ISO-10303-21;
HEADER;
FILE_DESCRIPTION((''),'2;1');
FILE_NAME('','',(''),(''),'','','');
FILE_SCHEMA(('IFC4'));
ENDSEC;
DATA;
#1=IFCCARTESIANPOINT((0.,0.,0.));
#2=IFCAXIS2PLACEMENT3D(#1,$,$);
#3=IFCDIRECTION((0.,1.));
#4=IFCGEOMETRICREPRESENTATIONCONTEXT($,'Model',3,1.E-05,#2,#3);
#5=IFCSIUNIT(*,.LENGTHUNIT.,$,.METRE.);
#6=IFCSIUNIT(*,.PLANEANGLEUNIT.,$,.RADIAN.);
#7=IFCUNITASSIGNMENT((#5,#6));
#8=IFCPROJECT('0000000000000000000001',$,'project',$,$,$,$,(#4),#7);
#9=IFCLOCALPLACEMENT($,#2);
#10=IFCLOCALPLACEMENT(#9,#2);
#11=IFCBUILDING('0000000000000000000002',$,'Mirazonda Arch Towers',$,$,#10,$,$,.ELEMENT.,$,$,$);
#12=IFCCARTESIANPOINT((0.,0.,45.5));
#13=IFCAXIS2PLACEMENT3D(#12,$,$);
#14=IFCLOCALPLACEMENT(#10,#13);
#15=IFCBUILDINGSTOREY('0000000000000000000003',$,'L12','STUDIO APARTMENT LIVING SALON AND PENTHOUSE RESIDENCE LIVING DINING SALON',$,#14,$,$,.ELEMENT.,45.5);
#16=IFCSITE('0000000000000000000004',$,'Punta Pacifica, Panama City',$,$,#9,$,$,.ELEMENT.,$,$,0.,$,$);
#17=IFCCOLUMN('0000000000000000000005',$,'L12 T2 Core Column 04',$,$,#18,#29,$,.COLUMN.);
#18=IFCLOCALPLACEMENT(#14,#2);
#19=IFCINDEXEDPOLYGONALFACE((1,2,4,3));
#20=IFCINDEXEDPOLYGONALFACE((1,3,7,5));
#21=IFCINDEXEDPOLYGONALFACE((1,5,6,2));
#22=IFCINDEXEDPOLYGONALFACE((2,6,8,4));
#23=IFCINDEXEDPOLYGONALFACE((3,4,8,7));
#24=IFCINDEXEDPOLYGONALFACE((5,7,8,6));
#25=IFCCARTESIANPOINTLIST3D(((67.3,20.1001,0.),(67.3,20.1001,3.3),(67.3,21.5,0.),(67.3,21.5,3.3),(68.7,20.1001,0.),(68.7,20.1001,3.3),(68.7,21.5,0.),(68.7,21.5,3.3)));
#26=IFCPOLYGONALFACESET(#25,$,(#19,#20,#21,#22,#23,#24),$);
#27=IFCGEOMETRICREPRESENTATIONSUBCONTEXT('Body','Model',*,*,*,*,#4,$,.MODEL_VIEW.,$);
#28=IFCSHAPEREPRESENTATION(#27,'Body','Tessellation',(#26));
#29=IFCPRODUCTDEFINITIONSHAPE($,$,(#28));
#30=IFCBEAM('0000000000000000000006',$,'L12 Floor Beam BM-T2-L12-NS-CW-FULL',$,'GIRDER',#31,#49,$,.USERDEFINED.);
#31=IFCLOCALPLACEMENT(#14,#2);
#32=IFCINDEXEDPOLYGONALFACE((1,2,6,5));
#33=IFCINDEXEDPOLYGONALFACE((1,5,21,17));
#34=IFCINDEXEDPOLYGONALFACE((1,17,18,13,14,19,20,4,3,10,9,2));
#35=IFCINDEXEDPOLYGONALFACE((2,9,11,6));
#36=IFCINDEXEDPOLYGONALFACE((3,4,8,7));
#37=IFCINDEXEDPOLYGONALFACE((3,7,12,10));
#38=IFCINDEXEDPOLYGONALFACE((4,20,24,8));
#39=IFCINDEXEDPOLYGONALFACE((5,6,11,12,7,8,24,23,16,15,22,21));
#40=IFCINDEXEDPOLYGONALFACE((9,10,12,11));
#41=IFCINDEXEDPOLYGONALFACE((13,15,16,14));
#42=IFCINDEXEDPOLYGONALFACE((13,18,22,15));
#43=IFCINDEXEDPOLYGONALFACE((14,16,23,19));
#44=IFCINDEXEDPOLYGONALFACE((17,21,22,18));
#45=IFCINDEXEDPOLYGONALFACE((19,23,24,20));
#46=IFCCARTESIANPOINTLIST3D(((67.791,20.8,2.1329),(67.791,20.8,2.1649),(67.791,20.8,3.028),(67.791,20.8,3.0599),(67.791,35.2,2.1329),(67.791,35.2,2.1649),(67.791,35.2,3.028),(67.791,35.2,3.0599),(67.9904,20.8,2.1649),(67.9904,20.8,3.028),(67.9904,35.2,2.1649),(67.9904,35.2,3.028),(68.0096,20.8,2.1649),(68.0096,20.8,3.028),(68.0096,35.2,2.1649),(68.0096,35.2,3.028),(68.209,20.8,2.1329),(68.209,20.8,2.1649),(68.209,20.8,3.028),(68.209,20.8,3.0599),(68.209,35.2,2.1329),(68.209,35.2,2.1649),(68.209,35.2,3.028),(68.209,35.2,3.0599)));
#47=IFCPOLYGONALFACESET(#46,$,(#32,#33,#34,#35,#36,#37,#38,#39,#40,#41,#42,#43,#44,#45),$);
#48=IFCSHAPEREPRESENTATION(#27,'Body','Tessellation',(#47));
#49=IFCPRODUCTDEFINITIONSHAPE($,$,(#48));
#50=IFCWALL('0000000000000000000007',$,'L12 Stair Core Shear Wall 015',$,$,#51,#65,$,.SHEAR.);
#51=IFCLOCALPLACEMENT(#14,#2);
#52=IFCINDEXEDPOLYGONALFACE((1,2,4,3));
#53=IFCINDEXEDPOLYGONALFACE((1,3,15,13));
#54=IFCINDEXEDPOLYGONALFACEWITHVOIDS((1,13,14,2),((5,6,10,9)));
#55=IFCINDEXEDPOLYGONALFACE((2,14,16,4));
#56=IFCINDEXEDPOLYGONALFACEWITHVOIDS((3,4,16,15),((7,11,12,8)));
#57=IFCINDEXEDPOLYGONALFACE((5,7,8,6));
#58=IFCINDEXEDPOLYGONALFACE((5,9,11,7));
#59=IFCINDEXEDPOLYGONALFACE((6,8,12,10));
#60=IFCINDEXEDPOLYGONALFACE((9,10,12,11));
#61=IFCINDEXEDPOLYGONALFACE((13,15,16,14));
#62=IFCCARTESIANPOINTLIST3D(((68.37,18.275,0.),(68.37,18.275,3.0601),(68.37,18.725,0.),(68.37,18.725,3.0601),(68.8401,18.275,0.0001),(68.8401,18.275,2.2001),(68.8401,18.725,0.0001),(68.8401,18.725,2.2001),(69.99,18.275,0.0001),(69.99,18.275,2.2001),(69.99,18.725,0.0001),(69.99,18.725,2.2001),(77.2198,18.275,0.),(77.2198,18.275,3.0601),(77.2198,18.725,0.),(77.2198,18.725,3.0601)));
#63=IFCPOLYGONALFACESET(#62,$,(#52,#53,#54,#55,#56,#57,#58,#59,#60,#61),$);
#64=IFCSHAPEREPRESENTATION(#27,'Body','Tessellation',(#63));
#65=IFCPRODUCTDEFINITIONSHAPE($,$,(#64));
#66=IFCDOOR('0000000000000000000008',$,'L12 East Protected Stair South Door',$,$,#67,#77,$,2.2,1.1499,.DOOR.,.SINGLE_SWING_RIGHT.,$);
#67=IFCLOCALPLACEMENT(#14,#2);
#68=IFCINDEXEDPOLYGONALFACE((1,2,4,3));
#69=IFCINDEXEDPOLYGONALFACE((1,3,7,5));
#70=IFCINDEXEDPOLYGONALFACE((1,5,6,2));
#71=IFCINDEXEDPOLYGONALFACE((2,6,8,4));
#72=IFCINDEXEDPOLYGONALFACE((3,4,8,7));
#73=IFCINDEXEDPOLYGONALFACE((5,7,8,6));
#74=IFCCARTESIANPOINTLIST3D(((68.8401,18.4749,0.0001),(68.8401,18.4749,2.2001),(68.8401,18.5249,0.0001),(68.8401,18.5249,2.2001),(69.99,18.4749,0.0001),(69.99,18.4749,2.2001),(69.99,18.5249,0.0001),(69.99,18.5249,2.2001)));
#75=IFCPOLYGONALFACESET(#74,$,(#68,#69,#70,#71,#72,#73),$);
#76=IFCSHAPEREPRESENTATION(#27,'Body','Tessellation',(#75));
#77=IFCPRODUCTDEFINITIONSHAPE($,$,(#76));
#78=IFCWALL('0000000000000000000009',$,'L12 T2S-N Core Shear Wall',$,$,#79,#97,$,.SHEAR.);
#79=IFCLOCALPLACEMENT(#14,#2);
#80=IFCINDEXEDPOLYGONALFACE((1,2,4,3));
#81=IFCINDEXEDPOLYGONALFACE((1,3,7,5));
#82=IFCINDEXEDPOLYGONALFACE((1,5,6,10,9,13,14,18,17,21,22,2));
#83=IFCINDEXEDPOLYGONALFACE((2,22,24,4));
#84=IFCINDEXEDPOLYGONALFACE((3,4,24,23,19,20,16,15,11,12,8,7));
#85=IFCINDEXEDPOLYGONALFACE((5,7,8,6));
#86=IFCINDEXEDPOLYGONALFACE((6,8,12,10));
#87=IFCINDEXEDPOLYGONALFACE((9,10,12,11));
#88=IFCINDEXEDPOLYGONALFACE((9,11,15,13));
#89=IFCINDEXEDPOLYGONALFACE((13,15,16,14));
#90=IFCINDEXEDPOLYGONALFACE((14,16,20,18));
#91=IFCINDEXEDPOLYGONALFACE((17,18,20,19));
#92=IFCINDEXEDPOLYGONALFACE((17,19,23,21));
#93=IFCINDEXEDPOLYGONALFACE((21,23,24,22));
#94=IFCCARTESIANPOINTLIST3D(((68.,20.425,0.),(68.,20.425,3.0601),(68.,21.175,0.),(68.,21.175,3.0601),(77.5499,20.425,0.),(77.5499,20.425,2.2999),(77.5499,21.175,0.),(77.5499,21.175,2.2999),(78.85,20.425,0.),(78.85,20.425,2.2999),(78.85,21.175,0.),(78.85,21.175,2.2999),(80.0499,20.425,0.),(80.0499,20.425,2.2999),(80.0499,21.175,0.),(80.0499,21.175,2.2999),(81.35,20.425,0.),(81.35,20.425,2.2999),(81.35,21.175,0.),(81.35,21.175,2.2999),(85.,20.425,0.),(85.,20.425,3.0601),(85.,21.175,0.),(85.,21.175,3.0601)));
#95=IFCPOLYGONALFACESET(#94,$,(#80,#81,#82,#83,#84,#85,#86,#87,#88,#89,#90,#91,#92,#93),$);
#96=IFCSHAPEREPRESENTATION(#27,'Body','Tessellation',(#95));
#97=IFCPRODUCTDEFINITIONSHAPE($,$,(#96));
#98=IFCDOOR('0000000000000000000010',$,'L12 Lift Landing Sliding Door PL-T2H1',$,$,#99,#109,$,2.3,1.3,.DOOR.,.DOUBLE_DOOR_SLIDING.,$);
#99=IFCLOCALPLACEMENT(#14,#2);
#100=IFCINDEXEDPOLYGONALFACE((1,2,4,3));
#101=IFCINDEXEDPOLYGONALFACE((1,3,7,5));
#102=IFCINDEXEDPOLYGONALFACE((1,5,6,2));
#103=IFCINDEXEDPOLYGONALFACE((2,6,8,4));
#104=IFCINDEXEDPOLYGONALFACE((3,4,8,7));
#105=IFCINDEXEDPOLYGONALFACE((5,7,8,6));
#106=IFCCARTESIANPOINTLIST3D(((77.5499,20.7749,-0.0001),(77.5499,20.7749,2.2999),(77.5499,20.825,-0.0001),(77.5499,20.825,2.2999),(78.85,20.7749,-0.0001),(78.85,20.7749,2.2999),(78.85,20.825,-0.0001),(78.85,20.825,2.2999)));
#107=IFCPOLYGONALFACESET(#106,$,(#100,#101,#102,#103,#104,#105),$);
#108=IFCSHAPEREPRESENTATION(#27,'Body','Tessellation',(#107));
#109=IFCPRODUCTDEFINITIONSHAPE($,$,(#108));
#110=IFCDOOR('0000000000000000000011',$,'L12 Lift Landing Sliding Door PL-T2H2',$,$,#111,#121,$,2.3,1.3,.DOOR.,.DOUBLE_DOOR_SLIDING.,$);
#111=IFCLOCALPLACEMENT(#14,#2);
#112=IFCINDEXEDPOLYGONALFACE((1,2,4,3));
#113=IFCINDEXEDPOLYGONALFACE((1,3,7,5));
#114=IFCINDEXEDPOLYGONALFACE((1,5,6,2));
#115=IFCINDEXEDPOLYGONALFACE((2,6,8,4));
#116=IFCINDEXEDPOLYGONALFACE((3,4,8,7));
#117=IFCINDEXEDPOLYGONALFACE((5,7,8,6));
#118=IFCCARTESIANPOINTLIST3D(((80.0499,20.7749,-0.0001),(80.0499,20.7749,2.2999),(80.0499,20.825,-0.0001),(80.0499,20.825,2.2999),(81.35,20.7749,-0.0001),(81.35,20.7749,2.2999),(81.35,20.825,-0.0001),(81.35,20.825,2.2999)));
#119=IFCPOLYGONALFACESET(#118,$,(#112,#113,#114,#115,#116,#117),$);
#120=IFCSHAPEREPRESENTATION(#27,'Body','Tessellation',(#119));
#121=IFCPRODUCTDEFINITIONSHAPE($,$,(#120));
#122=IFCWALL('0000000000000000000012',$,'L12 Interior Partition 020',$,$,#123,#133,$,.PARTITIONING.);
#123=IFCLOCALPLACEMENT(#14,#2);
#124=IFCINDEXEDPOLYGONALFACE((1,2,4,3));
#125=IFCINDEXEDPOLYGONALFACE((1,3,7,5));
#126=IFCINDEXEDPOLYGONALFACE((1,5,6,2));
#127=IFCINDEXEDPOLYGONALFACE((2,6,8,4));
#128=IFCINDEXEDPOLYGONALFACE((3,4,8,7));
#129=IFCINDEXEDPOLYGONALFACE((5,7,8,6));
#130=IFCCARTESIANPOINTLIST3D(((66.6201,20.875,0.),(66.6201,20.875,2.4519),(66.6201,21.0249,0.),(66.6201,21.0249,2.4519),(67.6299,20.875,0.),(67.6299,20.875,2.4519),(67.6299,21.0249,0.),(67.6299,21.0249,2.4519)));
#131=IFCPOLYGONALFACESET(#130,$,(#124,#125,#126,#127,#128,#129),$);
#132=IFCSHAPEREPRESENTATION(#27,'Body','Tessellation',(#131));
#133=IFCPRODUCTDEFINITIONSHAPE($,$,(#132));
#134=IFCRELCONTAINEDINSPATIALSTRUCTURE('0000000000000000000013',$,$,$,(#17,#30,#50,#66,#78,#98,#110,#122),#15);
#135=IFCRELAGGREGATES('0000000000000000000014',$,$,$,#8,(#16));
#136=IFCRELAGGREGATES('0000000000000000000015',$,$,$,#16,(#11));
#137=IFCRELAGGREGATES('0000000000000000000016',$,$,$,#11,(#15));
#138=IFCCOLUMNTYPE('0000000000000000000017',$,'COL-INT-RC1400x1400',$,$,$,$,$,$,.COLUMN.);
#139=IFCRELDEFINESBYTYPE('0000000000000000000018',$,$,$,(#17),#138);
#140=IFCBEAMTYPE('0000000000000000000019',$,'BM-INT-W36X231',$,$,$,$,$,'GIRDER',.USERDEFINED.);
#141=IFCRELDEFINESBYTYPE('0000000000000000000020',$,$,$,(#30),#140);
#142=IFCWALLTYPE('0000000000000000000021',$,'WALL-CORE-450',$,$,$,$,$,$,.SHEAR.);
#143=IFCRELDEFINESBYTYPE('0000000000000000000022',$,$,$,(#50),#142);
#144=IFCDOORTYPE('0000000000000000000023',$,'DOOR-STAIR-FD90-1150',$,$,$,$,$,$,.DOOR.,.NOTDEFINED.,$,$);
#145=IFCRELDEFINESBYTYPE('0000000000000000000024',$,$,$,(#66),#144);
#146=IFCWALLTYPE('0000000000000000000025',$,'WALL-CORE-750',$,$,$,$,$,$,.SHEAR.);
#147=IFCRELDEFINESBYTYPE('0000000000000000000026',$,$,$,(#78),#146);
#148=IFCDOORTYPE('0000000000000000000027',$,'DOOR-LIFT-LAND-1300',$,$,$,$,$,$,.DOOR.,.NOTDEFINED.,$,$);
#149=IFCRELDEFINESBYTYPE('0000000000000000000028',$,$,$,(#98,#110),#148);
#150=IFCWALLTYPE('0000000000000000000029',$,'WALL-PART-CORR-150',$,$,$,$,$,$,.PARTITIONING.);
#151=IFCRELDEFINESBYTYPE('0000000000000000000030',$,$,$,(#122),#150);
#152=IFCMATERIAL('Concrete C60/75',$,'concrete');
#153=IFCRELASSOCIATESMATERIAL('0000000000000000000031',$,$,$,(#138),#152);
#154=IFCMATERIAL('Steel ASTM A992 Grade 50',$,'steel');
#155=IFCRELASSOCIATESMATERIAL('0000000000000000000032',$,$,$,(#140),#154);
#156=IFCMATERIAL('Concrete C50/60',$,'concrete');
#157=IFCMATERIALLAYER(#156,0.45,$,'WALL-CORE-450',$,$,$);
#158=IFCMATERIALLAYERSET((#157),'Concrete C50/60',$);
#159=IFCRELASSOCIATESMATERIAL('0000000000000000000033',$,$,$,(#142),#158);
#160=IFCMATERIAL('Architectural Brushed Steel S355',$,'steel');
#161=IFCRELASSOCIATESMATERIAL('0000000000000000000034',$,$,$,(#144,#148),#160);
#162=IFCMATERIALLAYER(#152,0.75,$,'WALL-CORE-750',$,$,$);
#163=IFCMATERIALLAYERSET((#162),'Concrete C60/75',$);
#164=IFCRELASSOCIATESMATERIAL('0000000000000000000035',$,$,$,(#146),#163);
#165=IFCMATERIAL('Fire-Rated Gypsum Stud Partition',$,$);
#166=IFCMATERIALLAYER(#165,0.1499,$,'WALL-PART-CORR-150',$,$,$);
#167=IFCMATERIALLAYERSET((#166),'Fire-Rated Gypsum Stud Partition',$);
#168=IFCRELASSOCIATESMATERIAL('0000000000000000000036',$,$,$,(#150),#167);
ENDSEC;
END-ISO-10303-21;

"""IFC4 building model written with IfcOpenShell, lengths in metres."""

from ifc_helpers import new_model, si_unit, direction, frame, frame_2d, origin, origin_2d, place, context, subcontext, project, spatial, rectangle, i_section, extrude, material, layer, layer_set, material_profile, profile_set, type_object, element, fill, save


model = new_model("IFC4")

# Units and contexts
model_context = context("Model", 3, precision=1e-05, world=origin(), true_north=direction((0.0, 1.0)))
body_context = subcontext(model_context, "Body", "Model", "MODEL_VIEW")
ifc_project = project(units=[si_unit("LENGTHUNIT", "METRE"), si_unit("PLANEANGLEUNIT", "RADIAN")], contexts=[model_context])

# Site, building, storey
site_placement = place(None, origin())
site = spatial("IfcSite", under=ifc_project, at=site_placement, Name="Punta Pacifica, Panama City", CompositionType="ELEMENT", RefElevation=0.0)
building_placement = place(site_placement, origin())
building = spatial("IfcBuilding", under=site, at=building_placement, Name="Mirazonda Arch Towers", CompositionType="ELEMENT")
storey_placement = place(building_placement, frame((0.0, 0.0, 45.5)))
storey = spatial("IfcBuildingStorey", under=building, at=storey_placement, Name="L12", Description="STUDIO APARTMENT LIVING SALON AND PENTHOUSE RESIDENCE LIVING DINING SALON", CompositionType="ELEMENT", Elevation=45.5)

# Column
ifc_material_1 = material(Name="Concrete C60/75", Category="concrete")
ifc_material_profile_1 = material_profile(ifc_material_1, rectangle(XDim=1.3999, YDim=1.3999, at=origin_2d()), Name="RC1400x1400")
ifc_profile_set_1 = profile_set([ifc_material_profile_1], Name="Concrete C60/75")
column_type = type_object("IfcColumnType", Name="COL-INT-RC1400x1400", PredefinedType="COLUMN", material=ifc_profile_set_1)
column_placement = place(storey_placement, frame((68.0, 20.8, 0.0), z_axis=(0.0, 0.0, 1.0), x_axis=(1.0, 0.0, 0.0)))
element("IfcColumn", 1, at=column_placement, inside=storey, type_object=column_type, Name="L12 T2 Core Column 04", PredefinedType="COLUMN", context=body_context, shape_type="SweptSolid", body=[
    extrude(rectangle(XDim=1.3999, YDim=1.3999, at=origin_2d()), origin(), (0.0, 0.0, 1.0), 3.3),
])

# Beam
ifc_material_2 = material(Name="Steel ASTM A992 Grade 50", Category="steel")
ifc_material_profile_2 = material_profile(ifc_material_2, i_section(OverallWidth=0.418, OverallDepth=0.927, WebThickness=0.0193, FlangeThickness=0.032, at=origin_2d()), Name="W36X231")
ifc_profile_set_2 = profile_set([ifc_material_profile_2], Name="Steel ASTM A992 Grade 50")
beam_type = type_object("IfcBeamType", Name="BM-INT-W36X231", ElementType="GIRDER", PredefinedType="USERDEFINED", material=ifc_profile_set_2)
beam_placement = place(storey_placement, frame((68.0, 20.8, 2.5964), z_axis=(0.0, 1.0, 0.0), x_axis=(-1.0, 0.0, 0.0)))
element("IfcBeam", 2, at=beam_placement, inside=storey, type_object=beam_type, Name="L12 Floor Beam BM-T2-L12-NS-CW-FULL", ObjectType="GIRDER", PredefinedType="USERDEFINED", context=body_context, shape_type="SweptSolid", body=[
    extrude(i_section(OverallWidth=0.418, OverallDepth=0.927, WebThickness=0.0193, FlangeThickness=0.032, at=origin_2d()), origin(), (0.0, 0.0, 1.0), 14.3999),
])

# Wall, opening, door
ifc_material_3 = material(Name="Concrete C50/60", Category="concrete")
ifc_layer_1 = layer(ifc_material_3, 0.45, Name="WALL-CORE-450")
ifc_layer_set_1 = layer_set([ifc_layer_1], Name="Concrete C50/60")
wall_type_1 = type_object("IfcWallType", Name="WALL-CORE-450", PredefinedType="SHEAR", material=ifc_layer_set_1)
wall_1_placement = place(storey_placement, frame((68.3701, 18.5, 0.0), z_axis=(0.0, 0.0, 1.0), x_axis=(1.0, 0.0, 0.0)))
wall_1 = element("IfcWall", 3, at=wall_1_placement, inside=storey, type_object=wall_type_1, Name="L12 Stair Core Shear Wall 015", PredefinedType="SHEAR", context=body_context, shape_type="SweptSolid", body=[
    extrude(rectangle(XDim=8.8499, YDim=0.45, at=frame_2d((4.4248, 0.0))), origin(), (0.0, 0.0, 1.0), 3.0601),
])
opening_1_placement = place(wall_1_placement, frame((0.47, 0.0, 0.0)))
opening_1 = element("IfcOpeningElement", 4, at=opening_1_placement, cuts=wall_1, PredefinedType="OPENING", context=body_context, shape_type="SweptSolid", body=[
    extrude(rectangle(XDim=1.1499, YDim=2.2, at=frame_2d((0.575, 1.1001))), frame((0.0, 0.2349, 0.0), z_axis=(0.0, -1.0, 0.0), x_axis=(1.0, 0.0, 0.0)), (0.0, 0.0, 1.0), 0.47),
])
ifc_material_4 = material(Name="Architectural Brushed Steel S355", Category="steel")
door_type_1 = type_object("IfcDoorType", Name="DOOR-STAIR-FD90-1150", OperationType="NOTDEFINED", PredefinedType="DOOR", material=ifc_material_4)
door_1_placement = place(opening_1_placement, origin())
door_1 = element("IfcDoor", 5, at=door_1_placement, inside=storey, type_object=door_type_1, Name="L12 East Protected Stair South Door", OperationType="SINGLE_SWING_RIGHT", OverallHeight=2.2, OverallWidth=1.1499, PredefinedType="DOOR", context=body_context, shape_type="SweptSolid", body=[
    extrude(rectangle(XDim=1.1499, YDim=2.2, at=frame_2d((0.575, 1.1001))), frame((0.0, 0.0249, 0.0), z_axis=(0.0, -1.0, 0.0), x_axis=(1.0, 0.0, 0.0)), (0.0, 0.0, 1.0), 0.05),
])
fill(opening_1, door_1)

# Wall, openings, doors
ifc_layer_2 = layer(ifc_material_1, 0.75, Name="WALL-CORE-750")
ifc_layer_set_2 = layer_set([ifc_layer_2], Name="Concrete C60/75")
wall_type_2 = type_object("IfcWallType", Name="WALL-CORE-750", PredefinedType="SHEAR", material=ifc_layer_set_2)
wall_2_placement = place(storey_placement, frame((68.0, 20.8, 0.0), z_axis=(0.0, 0.0, 1.0), x_axis=(1.0, 0.0, 0.0)))
wall_2 = element("IfcWall", 6, at=wall_2_placement, inside=storey, type_object=wall_type_2, Name="L12 T2S-N Core Shear Wall", PredefinedType="SHEAR", context=body_context, shape_type="SweptSolid", body=[
    extrude(rectangle(XDim=17.0, YDim=0.75, at=frame_2d((8.5, 0.0))), origin(), (0.0, 0.0, 1.0), 3.0601),
])
opening_2_placement = place(wall_2_placement, frame((9.55, 0.0, 0.0)))
opening_2 = element("IfcOpeningElement", 7, at=opening_2_placement, cuts=wall_2, PredefinedType="OPENING", context=body_context, shape_type="SweptSolid", body=[
    extrude(rectangle(XDim=1.3, YDim=2.3, at=frame_2d((0.6499, 1.1499))), frame((0.0, 0.385, 0.0), z_axis=(0.0, -1.0, 0.0), x_axis=(1.0, 0.0, 0.0)), (0.0, 0.0, 1.0), 0.77),
])
opening_3_placement = place(wall_2_placement, frame((12.05, 0.0, 0.0)))
opening_3 = element("IfcOpeningElement", 8, at=opening_3_placement, cuts=wall_2, PredefinedType="OPENING", context=body_context, shape_type="SweptSolid", body=[
    extrude(rectangle(XDim=1.3, YDim=2.3, at=frame_2d((0.6499, 1.1499))), frame((0.0, 0.385, 0.0), z_axis=(0.0, -1.0, 0.0), x_axis=(1.0, 0.0, 0.0)), (0.0, 0.0, 1.0), 0.77),
])
door_type_2 = type_object("IfcDoorType", Name="DOOR-LIFT-LAND-1300", OperationType="NOTDEFINED", PredefinedType="DOOR", material=ifc_material_4)
door_2_placement = place(opening_2_placement, origin())
door_2 = element("IfcDoor", 9, at=door_2_placement, inside=storey, type_object=door_type_2, Name="L12 Lift Landing Sliding Door PL-T2H1", OperationType="DOUBLE_DOOR_SLIDING", OverallHeight=2.3, OverallWidth=1.3, PredefinedType="DOOR", context=body_context, shape_type="SweptSolid", body=[
    extrude(rectangle(XDim=1.3, YDim=2.3, at=frame_2d((0.6499, 1.1499))), frame((0.0, 0.0249, 0.0), z_axis=(0.0, -1.0, 0.0), x_axis=(1.0, 0.0, 0.0)), (0.0, 0.0, 1.0), 0.05),
])
fill(opening_2, door_2)
door_3_placement = place(opening_3_placement, origin())
door_3 = element("IfcDoor", 10, at=door_3_placement, inside=storey, type_object=door_type_2, Name="L12 Lift Landing Sliding Door PL-T2H2", OperationType="DOUBLE_DOOR_SLIDING", OverallHeight=2.3, OverallWidth=1.3, PredefinedType="DOOR", context=body_context, shape_type="SweptSolid", body=[
    extrude(rectangle(XDim=1.3, YDim=2.3, at=frame_2d((0.6499, 1.1499))), frame((0.0, 0.0249, 0.0), z_axis=(0.0, -1.0, 0.0), x_axis=(1.0, 0.0, 0.0)), (0.0, 0.0, 1.0), 0.05),
])
fill(opening_3, door_3)

# Wall
ifc_material_5 = material(Name="Fire-Rated Gypsum Stud Partition")
ifc_layer_3 = layer(ifc_material_5, 0.1499, Name="WALL-PART-CORR-150")
ifc_layer_set_3 = layer_set([ifc_layer_3], Name="Fire-Rated Gypsum Stud Partition")
wall_type_3 = type_object("IfcWallType", Name="WALL-PART-CORR-150", PredefinedType="PARTITIONING", material=ifc_layer_set_3)
wall_3_placement = place(storey_placement, frame((66.6201, 20.95, 0.0), z_axis=(0.0, 0.0, 1.0), x_axis=(1.0, 0.0, 0.0)))
element("IfcWall", 11, at=wall_3_placement, inside=storey, type_object=wall_type_3, Name="L12 Interior Partition 020", PredefinedType="PARTITIONING", context=body_context, shape_type="SweptSolid", body=[
    extrude(rectangle(XDim=1.0098, YDim=0.1499, at=frame_2d((0.5049, 0.0))), origin(), (0.0, 0.0, 1.0), 2.4519),
])

save(model, "model.ifc")
